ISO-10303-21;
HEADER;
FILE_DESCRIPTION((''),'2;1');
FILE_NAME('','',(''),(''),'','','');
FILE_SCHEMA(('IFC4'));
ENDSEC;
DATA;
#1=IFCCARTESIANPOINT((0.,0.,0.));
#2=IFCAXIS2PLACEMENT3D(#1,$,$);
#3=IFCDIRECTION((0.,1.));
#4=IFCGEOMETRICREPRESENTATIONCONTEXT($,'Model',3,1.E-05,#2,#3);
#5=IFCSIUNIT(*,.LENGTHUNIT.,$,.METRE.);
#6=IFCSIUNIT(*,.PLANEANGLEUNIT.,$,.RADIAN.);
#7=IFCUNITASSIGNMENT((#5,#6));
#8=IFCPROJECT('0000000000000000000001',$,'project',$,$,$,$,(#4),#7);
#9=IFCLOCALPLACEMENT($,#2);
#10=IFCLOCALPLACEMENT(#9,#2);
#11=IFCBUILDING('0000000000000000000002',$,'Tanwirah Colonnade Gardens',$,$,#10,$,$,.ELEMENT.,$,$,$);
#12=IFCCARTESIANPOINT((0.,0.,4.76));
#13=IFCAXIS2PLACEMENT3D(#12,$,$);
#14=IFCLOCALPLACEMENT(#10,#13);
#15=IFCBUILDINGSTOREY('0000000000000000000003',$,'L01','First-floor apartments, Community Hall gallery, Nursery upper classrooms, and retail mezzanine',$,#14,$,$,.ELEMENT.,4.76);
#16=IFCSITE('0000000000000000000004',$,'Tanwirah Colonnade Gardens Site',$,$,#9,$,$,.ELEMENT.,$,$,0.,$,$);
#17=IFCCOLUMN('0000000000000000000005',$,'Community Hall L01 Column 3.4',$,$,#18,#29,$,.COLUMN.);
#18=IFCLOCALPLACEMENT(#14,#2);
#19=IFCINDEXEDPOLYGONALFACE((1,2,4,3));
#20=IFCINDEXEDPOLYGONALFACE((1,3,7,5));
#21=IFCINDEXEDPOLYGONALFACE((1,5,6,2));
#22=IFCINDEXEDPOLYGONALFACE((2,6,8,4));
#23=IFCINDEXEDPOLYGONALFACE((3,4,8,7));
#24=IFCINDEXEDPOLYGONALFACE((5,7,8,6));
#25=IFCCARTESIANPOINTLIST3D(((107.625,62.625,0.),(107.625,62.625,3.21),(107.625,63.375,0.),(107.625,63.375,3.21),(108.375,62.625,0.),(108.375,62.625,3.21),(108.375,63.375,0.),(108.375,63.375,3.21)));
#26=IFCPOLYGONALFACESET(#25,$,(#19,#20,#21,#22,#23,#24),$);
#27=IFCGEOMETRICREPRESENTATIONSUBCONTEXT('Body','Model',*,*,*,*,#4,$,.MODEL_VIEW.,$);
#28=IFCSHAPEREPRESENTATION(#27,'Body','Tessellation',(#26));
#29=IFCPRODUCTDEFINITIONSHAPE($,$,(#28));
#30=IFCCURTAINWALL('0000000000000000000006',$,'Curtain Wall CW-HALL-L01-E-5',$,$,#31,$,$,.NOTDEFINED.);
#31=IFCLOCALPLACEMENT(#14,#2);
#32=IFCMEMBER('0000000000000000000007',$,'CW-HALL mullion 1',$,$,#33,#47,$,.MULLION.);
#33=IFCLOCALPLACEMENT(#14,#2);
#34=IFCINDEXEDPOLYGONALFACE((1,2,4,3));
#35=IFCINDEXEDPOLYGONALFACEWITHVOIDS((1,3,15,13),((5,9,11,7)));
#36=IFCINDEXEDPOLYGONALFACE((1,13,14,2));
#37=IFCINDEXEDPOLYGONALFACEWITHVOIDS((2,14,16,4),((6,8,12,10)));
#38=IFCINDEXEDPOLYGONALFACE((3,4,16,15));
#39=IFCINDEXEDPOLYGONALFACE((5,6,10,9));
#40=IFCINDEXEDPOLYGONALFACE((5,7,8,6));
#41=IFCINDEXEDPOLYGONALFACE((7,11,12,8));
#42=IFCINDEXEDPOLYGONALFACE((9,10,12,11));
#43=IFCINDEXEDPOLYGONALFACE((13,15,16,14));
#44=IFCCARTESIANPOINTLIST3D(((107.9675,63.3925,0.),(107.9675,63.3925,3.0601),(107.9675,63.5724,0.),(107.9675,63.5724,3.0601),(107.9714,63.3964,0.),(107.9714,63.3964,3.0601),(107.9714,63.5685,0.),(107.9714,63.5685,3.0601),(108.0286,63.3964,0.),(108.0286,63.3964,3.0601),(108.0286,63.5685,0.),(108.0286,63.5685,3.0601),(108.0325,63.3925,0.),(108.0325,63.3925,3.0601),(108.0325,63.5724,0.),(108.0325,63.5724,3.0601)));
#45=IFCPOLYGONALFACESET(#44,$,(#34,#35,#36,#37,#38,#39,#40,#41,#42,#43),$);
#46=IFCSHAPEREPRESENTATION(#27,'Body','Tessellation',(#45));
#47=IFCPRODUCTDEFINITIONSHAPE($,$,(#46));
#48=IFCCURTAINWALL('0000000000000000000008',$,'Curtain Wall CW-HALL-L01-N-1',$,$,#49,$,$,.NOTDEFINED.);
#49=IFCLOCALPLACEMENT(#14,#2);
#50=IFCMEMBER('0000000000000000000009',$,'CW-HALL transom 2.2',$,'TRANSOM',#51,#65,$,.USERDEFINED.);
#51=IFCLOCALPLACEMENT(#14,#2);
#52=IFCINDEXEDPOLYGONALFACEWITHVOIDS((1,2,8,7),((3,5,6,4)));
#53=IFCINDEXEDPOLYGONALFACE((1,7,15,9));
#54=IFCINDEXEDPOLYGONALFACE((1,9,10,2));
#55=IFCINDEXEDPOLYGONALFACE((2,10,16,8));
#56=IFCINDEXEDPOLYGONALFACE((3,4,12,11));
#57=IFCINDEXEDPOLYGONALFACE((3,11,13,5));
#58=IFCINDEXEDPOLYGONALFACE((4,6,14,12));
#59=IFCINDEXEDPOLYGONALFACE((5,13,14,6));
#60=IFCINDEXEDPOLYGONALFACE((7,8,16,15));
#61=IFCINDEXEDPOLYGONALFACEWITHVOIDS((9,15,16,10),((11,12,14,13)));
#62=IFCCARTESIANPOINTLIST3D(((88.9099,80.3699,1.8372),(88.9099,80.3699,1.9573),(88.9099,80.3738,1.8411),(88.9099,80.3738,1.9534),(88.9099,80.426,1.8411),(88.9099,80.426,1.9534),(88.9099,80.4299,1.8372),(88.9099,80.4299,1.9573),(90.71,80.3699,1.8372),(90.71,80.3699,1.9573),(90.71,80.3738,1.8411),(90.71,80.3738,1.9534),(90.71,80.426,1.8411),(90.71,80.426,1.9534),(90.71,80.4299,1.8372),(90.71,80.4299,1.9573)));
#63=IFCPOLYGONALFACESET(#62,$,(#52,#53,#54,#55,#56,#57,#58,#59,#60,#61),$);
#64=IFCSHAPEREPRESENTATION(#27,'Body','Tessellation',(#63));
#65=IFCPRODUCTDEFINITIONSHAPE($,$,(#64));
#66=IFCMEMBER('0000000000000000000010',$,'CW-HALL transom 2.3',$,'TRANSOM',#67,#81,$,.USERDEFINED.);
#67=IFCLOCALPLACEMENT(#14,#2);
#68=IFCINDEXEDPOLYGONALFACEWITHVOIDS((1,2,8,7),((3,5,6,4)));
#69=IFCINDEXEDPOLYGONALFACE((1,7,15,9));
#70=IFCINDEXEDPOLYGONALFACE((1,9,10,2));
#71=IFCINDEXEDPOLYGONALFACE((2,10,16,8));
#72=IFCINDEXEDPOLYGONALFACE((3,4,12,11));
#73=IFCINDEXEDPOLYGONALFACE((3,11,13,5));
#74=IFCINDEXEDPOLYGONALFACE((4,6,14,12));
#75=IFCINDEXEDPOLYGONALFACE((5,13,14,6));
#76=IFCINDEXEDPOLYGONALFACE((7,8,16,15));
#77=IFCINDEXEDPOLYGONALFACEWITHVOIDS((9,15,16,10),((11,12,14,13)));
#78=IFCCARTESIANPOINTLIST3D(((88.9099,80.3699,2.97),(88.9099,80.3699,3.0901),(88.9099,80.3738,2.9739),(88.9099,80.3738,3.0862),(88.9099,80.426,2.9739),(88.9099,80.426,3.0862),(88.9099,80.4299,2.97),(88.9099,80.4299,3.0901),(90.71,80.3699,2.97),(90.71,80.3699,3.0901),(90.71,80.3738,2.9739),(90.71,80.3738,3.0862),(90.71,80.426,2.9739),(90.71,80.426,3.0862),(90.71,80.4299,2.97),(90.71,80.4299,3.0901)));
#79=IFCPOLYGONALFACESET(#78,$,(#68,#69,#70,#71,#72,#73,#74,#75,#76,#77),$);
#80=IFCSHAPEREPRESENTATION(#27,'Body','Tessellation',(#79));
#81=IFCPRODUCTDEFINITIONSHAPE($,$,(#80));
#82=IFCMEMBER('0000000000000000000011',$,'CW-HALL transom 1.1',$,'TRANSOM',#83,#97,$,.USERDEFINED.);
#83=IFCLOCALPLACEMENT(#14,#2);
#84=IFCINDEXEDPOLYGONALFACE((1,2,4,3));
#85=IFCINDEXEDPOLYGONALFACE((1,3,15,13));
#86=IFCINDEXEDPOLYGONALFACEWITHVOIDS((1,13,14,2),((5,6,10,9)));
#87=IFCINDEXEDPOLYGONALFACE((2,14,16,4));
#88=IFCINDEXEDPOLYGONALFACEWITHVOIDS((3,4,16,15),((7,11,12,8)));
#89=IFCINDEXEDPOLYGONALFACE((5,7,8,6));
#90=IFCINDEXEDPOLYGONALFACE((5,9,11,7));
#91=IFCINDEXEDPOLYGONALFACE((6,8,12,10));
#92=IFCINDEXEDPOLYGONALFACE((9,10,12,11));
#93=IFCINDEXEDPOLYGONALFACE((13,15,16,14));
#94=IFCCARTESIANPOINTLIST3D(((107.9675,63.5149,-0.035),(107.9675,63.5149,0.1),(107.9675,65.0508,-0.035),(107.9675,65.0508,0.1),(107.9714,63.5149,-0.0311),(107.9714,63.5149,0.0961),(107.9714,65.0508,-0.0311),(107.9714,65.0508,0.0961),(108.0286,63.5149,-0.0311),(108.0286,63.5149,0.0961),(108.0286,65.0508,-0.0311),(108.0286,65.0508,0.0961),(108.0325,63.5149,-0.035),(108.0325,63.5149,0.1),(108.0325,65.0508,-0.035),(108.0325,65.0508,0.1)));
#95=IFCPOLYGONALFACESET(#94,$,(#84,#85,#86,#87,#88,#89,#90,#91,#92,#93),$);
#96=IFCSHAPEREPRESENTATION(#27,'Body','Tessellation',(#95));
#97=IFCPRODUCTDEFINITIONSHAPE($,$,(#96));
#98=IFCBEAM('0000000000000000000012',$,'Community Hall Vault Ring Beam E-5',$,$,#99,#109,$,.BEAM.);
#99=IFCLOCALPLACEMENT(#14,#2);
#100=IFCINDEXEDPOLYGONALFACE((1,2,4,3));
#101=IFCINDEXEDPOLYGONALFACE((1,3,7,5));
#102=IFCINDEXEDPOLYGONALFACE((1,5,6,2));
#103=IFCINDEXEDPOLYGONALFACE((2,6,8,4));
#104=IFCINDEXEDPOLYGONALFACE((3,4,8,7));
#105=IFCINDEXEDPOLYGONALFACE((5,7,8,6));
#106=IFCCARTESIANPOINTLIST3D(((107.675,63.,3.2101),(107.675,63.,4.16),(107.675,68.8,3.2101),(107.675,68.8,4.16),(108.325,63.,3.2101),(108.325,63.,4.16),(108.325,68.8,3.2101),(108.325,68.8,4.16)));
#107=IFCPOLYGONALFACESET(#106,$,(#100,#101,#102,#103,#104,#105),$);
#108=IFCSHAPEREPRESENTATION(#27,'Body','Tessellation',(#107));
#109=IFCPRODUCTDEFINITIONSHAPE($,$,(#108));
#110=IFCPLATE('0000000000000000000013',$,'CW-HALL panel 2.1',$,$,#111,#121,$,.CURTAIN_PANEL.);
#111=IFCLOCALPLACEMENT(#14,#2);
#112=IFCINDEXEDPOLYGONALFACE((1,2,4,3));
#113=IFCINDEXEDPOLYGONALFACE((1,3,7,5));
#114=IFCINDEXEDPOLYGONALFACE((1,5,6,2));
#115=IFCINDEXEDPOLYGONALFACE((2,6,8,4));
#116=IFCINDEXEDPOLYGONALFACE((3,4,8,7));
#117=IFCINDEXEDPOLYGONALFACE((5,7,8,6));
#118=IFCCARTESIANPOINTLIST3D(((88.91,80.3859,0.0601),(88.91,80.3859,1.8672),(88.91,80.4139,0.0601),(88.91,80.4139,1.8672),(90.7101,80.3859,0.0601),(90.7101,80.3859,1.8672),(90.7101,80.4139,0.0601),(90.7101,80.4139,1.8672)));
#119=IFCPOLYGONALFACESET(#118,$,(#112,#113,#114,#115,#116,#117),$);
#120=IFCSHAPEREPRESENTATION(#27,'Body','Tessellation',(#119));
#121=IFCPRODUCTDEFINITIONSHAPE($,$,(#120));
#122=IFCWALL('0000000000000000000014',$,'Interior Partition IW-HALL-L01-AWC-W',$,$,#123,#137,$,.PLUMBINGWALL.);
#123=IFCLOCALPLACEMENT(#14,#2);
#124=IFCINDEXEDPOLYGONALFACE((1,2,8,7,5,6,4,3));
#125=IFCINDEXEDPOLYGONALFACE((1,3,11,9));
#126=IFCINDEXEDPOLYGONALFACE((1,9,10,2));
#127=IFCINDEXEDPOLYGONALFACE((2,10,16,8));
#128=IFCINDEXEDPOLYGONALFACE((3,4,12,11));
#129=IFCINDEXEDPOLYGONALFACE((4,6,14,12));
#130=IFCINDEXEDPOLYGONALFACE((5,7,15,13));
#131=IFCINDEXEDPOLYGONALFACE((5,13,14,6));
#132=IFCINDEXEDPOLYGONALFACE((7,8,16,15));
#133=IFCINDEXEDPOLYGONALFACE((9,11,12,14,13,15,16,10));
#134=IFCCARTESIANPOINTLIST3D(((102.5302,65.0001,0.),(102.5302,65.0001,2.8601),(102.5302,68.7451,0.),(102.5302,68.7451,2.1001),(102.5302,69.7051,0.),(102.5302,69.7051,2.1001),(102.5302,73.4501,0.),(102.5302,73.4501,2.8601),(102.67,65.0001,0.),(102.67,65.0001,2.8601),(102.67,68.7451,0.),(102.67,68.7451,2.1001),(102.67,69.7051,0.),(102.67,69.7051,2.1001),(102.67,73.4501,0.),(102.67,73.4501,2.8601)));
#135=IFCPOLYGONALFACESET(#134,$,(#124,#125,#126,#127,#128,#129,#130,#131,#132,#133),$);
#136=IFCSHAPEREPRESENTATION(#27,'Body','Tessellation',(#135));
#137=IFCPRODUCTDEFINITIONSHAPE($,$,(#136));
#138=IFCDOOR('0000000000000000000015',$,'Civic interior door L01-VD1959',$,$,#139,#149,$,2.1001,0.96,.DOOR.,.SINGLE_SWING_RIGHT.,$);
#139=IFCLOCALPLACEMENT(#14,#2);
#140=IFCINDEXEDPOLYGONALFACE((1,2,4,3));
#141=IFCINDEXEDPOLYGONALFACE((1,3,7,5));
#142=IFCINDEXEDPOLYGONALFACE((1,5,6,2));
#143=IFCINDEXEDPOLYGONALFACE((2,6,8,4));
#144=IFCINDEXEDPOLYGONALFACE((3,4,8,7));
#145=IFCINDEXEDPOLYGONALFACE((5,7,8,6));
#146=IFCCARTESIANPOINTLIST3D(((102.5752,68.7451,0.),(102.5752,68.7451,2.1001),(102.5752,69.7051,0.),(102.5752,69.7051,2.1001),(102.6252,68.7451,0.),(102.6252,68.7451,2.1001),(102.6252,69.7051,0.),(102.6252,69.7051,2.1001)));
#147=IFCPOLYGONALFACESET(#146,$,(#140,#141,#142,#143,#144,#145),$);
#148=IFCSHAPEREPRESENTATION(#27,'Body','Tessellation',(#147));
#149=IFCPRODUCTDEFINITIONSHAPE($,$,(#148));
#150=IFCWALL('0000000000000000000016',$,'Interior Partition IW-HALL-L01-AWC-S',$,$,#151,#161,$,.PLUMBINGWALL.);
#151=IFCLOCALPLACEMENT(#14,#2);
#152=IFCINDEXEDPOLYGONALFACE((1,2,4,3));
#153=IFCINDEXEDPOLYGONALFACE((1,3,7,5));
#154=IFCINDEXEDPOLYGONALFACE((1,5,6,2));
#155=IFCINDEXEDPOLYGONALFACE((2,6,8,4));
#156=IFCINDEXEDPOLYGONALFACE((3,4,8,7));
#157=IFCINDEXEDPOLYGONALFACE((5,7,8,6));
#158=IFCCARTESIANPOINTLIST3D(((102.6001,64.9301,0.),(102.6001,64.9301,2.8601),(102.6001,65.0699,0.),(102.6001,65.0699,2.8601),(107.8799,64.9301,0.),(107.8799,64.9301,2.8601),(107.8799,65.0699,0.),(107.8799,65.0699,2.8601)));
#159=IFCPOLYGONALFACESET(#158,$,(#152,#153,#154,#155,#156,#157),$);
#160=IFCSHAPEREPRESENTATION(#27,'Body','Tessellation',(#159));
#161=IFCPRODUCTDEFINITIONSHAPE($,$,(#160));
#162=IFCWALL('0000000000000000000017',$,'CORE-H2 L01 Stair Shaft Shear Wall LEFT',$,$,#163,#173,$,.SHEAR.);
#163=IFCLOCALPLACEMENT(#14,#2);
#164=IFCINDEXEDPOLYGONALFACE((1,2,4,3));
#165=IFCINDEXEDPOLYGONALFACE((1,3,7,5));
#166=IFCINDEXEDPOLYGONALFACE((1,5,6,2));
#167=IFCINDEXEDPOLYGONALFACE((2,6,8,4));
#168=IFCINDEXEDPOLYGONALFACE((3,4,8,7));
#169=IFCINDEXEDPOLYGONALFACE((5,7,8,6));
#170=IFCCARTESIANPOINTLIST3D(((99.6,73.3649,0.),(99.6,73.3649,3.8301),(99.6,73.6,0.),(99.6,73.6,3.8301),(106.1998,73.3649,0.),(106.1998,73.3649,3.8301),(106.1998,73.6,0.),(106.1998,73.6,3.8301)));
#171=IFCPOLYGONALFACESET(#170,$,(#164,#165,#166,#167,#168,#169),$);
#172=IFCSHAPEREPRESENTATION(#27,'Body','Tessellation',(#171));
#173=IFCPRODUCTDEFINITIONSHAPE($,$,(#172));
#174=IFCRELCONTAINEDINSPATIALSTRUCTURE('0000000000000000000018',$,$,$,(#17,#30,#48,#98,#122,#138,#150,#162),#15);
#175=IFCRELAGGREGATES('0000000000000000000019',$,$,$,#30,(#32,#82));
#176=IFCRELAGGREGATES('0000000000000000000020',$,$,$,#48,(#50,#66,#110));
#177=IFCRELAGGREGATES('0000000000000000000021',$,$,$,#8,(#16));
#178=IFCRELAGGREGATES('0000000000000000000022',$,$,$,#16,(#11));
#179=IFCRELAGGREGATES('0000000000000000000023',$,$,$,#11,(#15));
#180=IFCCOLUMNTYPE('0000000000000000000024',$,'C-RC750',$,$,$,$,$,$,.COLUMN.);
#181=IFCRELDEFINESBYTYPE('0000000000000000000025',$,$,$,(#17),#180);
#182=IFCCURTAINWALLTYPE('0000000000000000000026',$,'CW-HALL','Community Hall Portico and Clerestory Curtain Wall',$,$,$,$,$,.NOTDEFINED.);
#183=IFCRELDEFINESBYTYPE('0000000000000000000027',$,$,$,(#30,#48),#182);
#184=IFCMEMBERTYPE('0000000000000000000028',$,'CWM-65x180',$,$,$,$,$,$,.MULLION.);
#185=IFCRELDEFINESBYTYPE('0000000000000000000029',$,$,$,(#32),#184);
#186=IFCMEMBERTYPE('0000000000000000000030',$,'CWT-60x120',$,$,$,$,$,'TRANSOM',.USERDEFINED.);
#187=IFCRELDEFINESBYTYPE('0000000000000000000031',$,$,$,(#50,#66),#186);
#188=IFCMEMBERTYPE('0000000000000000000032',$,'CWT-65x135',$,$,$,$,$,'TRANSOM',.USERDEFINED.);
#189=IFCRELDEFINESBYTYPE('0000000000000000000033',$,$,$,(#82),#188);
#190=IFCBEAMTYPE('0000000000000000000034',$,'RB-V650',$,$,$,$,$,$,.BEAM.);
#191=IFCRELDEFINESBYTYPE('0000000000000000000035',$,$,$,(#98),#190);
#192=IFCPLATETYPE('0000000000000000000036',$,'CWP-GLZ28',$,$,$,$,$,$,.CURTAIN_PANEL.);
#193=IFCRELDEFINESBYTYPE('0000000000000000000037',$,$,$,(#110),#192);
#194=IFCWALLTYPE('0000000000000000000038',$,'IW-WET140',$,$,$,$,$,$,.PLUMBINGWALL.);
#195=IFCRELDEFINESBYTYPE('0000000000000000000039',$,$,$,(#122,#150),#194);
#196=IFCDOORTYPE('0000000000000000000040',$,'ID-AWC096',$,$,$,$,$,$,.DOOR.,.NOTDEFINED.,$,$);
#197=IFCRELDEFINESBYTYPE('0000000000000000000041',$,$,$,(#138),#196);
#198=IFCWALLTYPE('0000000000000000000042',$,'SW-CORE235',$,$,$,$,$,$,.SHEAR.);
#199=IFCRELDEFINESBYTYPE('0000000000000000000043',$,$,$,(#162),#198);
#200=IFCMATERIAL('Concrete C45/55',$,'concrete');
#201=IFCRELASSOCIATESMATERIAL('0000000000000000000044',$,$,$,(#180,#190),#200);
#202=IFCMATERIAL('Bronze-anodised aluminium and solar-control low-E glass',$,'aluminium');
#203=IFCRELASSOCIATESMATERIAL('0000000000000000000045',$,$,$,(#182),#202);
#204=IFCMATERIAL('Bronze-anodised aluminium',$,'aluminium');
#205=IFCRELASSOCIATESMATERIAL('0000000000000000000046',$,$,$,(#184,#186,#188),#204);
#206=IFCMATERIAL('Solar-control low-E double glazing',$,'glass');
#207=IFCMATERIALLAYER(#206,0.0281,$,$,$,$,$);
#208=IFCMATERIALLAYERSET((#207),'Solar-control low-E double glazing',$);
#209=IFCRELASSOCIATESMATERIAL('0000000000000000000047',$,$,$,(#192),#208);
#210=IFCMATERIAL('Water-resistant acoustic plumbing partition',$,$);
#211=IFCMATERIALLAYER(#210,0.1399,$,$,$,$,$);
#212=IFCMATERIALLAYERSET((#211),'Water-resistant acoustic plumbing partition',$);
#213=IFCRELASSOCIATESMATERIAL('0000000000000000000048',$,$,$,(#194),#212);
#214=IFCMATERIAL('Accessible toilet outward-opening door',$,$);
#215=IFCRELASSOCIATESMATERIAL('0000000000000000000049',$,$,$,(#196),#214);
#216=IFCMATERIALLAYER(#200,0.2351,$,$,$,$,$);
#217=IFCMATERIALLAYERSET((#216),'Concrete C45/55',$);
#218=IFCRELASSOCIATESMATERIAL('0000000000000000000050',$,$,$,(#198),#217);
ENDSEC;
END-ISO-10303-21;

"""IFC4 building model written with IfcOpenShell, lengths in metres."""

from ifc_helpers import new_model, si_unit, direction, frame, frame_2d, origin, origin_2d, place, context, subcontext, project, spatial, rectangle, hollow_rectangle, extrude, material, layer, layer_set, material_profile, profile_set, type_object, element, fill, aggregate, save


model = new_model("IFC4")

# Units and contexts
model_context = context("Model", 3, precision=1e-05, world=origin(), true_north=direction((0.0, 1.0)))
body_context = subcontext(model_context, "Body", "Model", "MODEL_VIEW")
ifc_project = project(units=[si_unit("LENGTHUNIT", "METRE"), si_unit("PLANEANGLEUNIT", "RADIAN")], contexts=[model_context])

# Site, building, storey
site_placement = place(None, origin())
site = spatial("IfcSite", under=ifc_project, at=site_placement, Name="Tanwirah Colonnade Gardens Site", CompositionType="ELEMENT", RefElevation=0.0)
building_placement = place(site_placement, origin())
building = spatial("IfcBuilding", under=site, at=building_placement, Name="Tanwirah Colonnade Gardens", CompositionType="ELEMENT")
storey_placement = place(building_placement, frame((0.0, 0.0, 4.76)))
storey = spatial("IfcBuildingStorey", under=building, at=storey_placement, Name="L01", Description="First-floor apartments, Community Hall gallery, Nursery upper classrooms, and retail mezzanine", CompositionType="ELEMENT", Elevation=4.76)

# Column
ifc_material_1 = material(Name="Concrete C45/55", Category="concrete")
ifc_material_profile_1 = material_profile(ifc_material_1, rectangle(XDim=0.75, YDim=0.75, at=origin_2d()), Name="RC-COL 750x750")
ifc_profile_set_1 = profile_set([ifc_material_profile_1], Name="Concrete C45/55")
column_type = type_object("IfcColumnType", Name="C-RC750", PredefinedType="COLUMN", material=ifc_profile_set_1)
column_placement = place(storey_placement, frame((108.0, 63.0, 0.0), z_axis=(0.0, 0.0, 1.0), x_axis=(1.0, 0.0, 0.0)))
element("IfcColumn", 1, at=column_placement, inside=storey, type_object=column_type, Name="Community Hall L01 Column 3.4", PredefinedType="COLUMN", context=body_context, shape_type="SweptSolid", body=[
    extrude(rectangle(XDim=0.75, YDim=0.75, at=origin_2d()), origin(), (0.0, 0.0, 1.0), 3.21),
])

# Curtain wall, member
ifc_material_2 = material(Name="Bronze-anodised aluminium and solar-control low-E glass", Category="aluminium")
curtain_wall_type = type_object("IfcCurtainWallType", Name="CW-HALL", Description="Community Hall Portico and Clerestory Curtain Wall", PredefinedType="NOTDEFINED", material=ifc_material_2)
curtain_wall_1_placement = place(storey_placement, origin())
curtain_wall_1 = element("IfcCurtainWall", 2, at=curtain_wall_1_placement, inside=storey, type_object=curtain_wall_type, Name="Curtain Wall CW-HALL-L01-E-5", PredefinedType="NOTDEFINED")
ifc_material_3 = material(Name="Bronze-anodised aluminium", Category="aluminium")
ifc_material_profile_2 = material_profile(ifc_material_3, hollow_rectangle(XDim=0.0649, YDim=0.1799, WallThickness=0.0039, at=origin_2d()), Name="CW-MUL 65x180x4")
ifc_profile_set_2 = profile_set([ifc_material_profile_2], Name="Bronze-anodised aluminium")
member_type_1 = type_object("IfcMemberType", Name="CWM-65x180", PredefinedType="MULLION", material=ifc_profile_set_2)
member_1_placement = place(storey_placement, frame((108.0, 63.4824, 0.0), z_axis=(0.0, 0.0, 1.0), x_axis=(-1.0, 0.0, 0.0)))
member_1 = element("IfcMember", 3, at=member_1_placement, type_object=member_type_1, Name="CW-HALL mullion 1", PredefinedType="MULLION", context=body_context, shape_type="SweptSolid", body=[
    extrude(hollow_rectangle(XDim=0.0649, YDim=0.1799, WallThickness=0.0039, at=origin_2d()), origin(), (0.0, 0.0, 1.0), 3.0601),
])

# Curtain wall, members
curtain_wall_2_placement = place(storey_placement, origin())
curtain_wall_2 = element("IfcCurtainWall", 4, at=curtain_wall_2_placement, inside=storey, type_object=curtain_wall_type, Name="Curtain Wall CW-HALL-L01-N-1", PredefinedType="NOTDEFINED")
ifc_material_profile_3 = material_profile(ifc_material_3, hollow_rectangle(XDim=0.0601, YDim=0.1201, WallThickness=0.0039, at=origin_2d()), Name="CW-TRN 60x120x4")
ifc_profile_set_3 = profile_set([ifc_material_profile_3], Name="Bronze-anodised aluminium")
member_type_2 = type_object("IfcMemberType", Name="CWT-60x120", ElementType="TRANSOM", PredefinedType="USERDEFINED", material=ifc_profile_set_3)
member_2_placement = place(storey_placement, frame((88.9099, 80.3999, 1.8972), z_axis=(1.0, 0.0, 0.0), x_axis=(0.0, 1.0, 0.0)))
member_2 = element("IfcMember", 5, at=member_2_placement, type_object=member_type_2, Name="CW-HALL transom 2.2", ObjectType="TRANSOM", PredefinedType="USERDEFINED", context=body_context, shape_type="SweptSolid", body=[
    extrude(hollow_rectangle(XDim=0.0601, YDim=0.1201, WallThickness=0.0039, at=origin_2d()), origin(), (0.0, 0.0, 1.0), 1.8),
])
member_3_placement = place(storey_placement, frame((88.9099, 80.3999, 3.03), z_axis=(1.0, 0.0, 0.0), x_axis=(0.0, 1.0, 0.0)))
member_3 = element("IfcMember", 6, at=member_3_placement, type_object=member_type_2, Name="CW-HALL transom 2.3", ObjectType="TRANSOM", PredefinedType="USERDEFINED", context=body_context, shape_type="SweptSolid", body=[
    extrude(hollow_rectangle(XDim=0.0601, YDim=0.1201, WallThickness=0.0039, at=origin_2d()), origin(), (0.0, 0.0, 1.0), 1.8),
])

# Member
ifc_material_profile_4 = material_profile(ifc_material_3, hollow_rectangle(XDim=0.0649, YDim=0.135, WallThickness=0.0039, at=origin_2d()), Name="CW-TRN 65x135x4")
ifc_profile_set_4 = profile_set([ifc_material_profile_4], Name="Bronze-anodised aluminium")
member_type_3 = type_object("IfcMemberType", Name="CWT-65x135", ElementType="TRANSOM", PredefinedType="USERDEFINED", material=ifc_profile_set_4)
member_4_placement = place(storey_placement, frame((108.0, 63.5149, 0.0325), z_axis=(0.0, 1.0, 0.0), x_axis=(-1.0, 0.0, 0.0)))
member_4 = element("IfcMember", 7, at=member_4_placement, type_object=member_type_3, Name="CW-HALL transom 1.1", ObjectType="TRANSOM", PredefinedType="USERDEFINED", context=body_context, shape_type="SweptSolid", body=[
    extrude(hollow_rectangle(XDim=0.0649, YDim=0.135, WallThickness=0.0039, at=origin_2d()), origin(), (0.0, 0.0, 1.0), 1.5359),
])
aggregate(curtain_wall_1, [member_1, member_4])

# Beam
ifc_material_profile_5 = material_profile(ifc_material_1, rectangle(XDim=0.6499, YDim=0.95, at=origin_2d()), Name="RC-RB 650x950")
ifc_profile_set_5 = profile_set([ifc_material_profile_5], Name="Concrete C45/55")
beam_type = type_object("IfcBeamType", Name="RB-V650", PredefinedType="BEAM", material=ifc_profile_set_5)
beam_placement = place(storey_placement, frame((108.0, 63.0, 3.6851), z_axis=(0.0, 1.0, 0.0), x_axis=(-1.0, 0.0, 0.0)))
element("IfcBeam", 8, at=beam_placement, inside=storey, type_object=beam_type, Name="Community Hall Vault Ring Beam E-5", PredefinedType="BEAM", context=body_context, shape_type="SweptSolid", body=[
    extrude(rectangle(XDim=0.6499, YDim=0.95, at=origin_2d()), origin(), (0.0, 0.0, 1.0), 5.8),
])

# Plate
ifc_material_4 = material(Name="Solar-control low-E double glazing", Category="glass")
ifc_layer_1 = layer(ifc_material_4, 0.0281)
ifc_layer_set_1 = layer_set([ifc_layer_1], Name="Solar-control low-E double glazing")
plate_type = type_object("IfcPlateType", Name="CWP-GLZ28", PredefinedType="CURTAIN_PANEL", material=ifc_layer_set_1)
plate_placement = place(storey_placement, frame((89.8101, 80.3999, 0.0601), z_axis=(0.0, 0.0, 1.0), x_axis=(1.0, 0.0, 0.0)))
plate = element("IfcPlate", 9, at=plate_placement, type_object=plate_type, Name="CW-HALL panel 2.1", PredefinedType="CURTAIN_PANEL", context=body_context, shape_type="SweptSolid", body=[
    extrude(rectangle(XDim=1.8, YDim=0.0281, at=origin_2d()), origin(), (0.0, 0.0, 1.0), 1.8071),
])
aggregate(curtain_wall_2, [member_2, member_3, plate])

# Wall, opening, door
ifc_material_5 = material(Name="Water-resistant acoustic plumbing partition")
ifc_layer_2 = layer(ifc_material_5, 0.1399)
ifc_layer_set_2 = layer_set([ifc_layer_2], Name="Water-resistant acoustic plumbing partition")
wall_type_1 = type_object("IfcWallType", Name="IW-WET140", PredefinedType="PLUMBINGWALL", material=ifc_layer_set_2)
wall_1_placement = place(storey_placement, frame((102.6001, 65.0, 0.0), z_axis=(0.0, 0.0, 1.0), x_axis=(0.0, 1.0, 0.0)))
wall_1 = element("IfcWall", 10, at=wall_1_placement, inside=storey, type_object=wall_type_1, Name="Interior Partition IW-HALL-L01-AWC-W", PredefinedType="PLUMBINGWALL", context=body_context, shape_type="SweptSolid", body=[
    extrude(rectangle(XDim=8.45, YDim=0.1399, at=frame_2d((4.2251, 0.0))), origin(), (0.0, 0.0, 1.0), 2.8601),
])
opening_1_placement = place(wall_1_placement, frame((3.7451, 0.0, 0.0)))
opening_1 = element("IfcOpeningElement", 11, at=opening_1_placement, cuts=wall_1, PredefinedType="OPENING", context=body_context, shape_type="SweptSolid", body=[
    extrude(rectangle(XDim=0.96, YDim=2.1001, at=frame_2d((0.48, 1.05))), frame((0.0, 0.0798, 0.0), z_axis=(0.0, -1.0, 0.0), x_axis=(1.0, 0.0, 0.0)), (0.0, 0.0, 1.0), 0.1599),
])
ifc_material_6 = material(Name="Accessible toilet outward-opening door")
door_type_1 = type_object("IfcDoorType", Name="ID-AWC096", OperationType="NOTDEFINED", PredefinedType="DOOR", material=ifc_material_6)
door_1_placement = place(opening_1_placement, origin())
door_1 = element("IfcDoor", 12, at=door_1_placement, inside=storey, type_object=door_type_1, Name="Civic interior door L01-VD1959", OperationType="SINGLE_SWING_RIGHT", OverallHeight=2.1001, OverallWidth=0.96, PredefinedType="DOOR", context=body_context, shape_type="SweptSolid", body=[
    extrude(rectangle(XDim=0.96, YDim=2.1001, at=frame_2d((0.48, 1.05))), frame((0.0, 0.0249, 0.0), z_axis=(0.0, -1.0, 0.0), x_axis=(1.0, 0.0, 0.0)), (0.0, 0.0, 1.0), 0.05),
])
fill(opening_1, door_1)

# Walls
wall_2_placement = place(storey_placement, frame((102.6001, 65.0, 0.0), z_axis=(0.0, 0.0, 1.0), x_axis=(1.0, 0.0, 0.0)))
element("IfcWall", 13, at=wall_2_placement, inside=storey, type_object=wall_type_1, Name="Interior Partition IW-HALL-L01-AWC-S", PredefinedType="PLUMBINGWALL", context=body_context, shape_type="SweptSolid", body=[
    extrude(rectangle(XDim=5.2798, YDim=0.1399, at=frame_2d((2.6399, 0.0))), origin(), (0.0, 0.0, 1.0), 2.8601),
])
ifc_layer_3 = layer(ifc_material_1, 0.2351)
ifc_layer_set_3 = layer_set([ifc_layer_3], Name="Concrete C45/55")
wall_type_2 = type_object("IfcWallType", Name="SW-CORE235", PredefinedType="SHEAR", material=ifc_layer_set_3)
wall_3_placement = place(storey_placement, frame((99.6001, 73.4824, 0.0), z_axis=(0.0, 0.0, 1.0), x_axis=(1.0, 0.0, 0.0)))
element("IfcWall", 14, at=wall_3_placement, inside=storey, type_object=wall_type_2, Name="CORE-H2 L01 Stair Shaft Shear Wall LEFT", PredefinedType="SHEAR", context=body_context, shape_type="SweptSolid", body=[
    extrude(rectangle(XDim=6.5999, YDim=0.2351, at=frame_2d((3.2998, 0.0))), origin(), (0.0, 0.0, 1.0), 3.8301),
])

save(model, "model.ifc")
